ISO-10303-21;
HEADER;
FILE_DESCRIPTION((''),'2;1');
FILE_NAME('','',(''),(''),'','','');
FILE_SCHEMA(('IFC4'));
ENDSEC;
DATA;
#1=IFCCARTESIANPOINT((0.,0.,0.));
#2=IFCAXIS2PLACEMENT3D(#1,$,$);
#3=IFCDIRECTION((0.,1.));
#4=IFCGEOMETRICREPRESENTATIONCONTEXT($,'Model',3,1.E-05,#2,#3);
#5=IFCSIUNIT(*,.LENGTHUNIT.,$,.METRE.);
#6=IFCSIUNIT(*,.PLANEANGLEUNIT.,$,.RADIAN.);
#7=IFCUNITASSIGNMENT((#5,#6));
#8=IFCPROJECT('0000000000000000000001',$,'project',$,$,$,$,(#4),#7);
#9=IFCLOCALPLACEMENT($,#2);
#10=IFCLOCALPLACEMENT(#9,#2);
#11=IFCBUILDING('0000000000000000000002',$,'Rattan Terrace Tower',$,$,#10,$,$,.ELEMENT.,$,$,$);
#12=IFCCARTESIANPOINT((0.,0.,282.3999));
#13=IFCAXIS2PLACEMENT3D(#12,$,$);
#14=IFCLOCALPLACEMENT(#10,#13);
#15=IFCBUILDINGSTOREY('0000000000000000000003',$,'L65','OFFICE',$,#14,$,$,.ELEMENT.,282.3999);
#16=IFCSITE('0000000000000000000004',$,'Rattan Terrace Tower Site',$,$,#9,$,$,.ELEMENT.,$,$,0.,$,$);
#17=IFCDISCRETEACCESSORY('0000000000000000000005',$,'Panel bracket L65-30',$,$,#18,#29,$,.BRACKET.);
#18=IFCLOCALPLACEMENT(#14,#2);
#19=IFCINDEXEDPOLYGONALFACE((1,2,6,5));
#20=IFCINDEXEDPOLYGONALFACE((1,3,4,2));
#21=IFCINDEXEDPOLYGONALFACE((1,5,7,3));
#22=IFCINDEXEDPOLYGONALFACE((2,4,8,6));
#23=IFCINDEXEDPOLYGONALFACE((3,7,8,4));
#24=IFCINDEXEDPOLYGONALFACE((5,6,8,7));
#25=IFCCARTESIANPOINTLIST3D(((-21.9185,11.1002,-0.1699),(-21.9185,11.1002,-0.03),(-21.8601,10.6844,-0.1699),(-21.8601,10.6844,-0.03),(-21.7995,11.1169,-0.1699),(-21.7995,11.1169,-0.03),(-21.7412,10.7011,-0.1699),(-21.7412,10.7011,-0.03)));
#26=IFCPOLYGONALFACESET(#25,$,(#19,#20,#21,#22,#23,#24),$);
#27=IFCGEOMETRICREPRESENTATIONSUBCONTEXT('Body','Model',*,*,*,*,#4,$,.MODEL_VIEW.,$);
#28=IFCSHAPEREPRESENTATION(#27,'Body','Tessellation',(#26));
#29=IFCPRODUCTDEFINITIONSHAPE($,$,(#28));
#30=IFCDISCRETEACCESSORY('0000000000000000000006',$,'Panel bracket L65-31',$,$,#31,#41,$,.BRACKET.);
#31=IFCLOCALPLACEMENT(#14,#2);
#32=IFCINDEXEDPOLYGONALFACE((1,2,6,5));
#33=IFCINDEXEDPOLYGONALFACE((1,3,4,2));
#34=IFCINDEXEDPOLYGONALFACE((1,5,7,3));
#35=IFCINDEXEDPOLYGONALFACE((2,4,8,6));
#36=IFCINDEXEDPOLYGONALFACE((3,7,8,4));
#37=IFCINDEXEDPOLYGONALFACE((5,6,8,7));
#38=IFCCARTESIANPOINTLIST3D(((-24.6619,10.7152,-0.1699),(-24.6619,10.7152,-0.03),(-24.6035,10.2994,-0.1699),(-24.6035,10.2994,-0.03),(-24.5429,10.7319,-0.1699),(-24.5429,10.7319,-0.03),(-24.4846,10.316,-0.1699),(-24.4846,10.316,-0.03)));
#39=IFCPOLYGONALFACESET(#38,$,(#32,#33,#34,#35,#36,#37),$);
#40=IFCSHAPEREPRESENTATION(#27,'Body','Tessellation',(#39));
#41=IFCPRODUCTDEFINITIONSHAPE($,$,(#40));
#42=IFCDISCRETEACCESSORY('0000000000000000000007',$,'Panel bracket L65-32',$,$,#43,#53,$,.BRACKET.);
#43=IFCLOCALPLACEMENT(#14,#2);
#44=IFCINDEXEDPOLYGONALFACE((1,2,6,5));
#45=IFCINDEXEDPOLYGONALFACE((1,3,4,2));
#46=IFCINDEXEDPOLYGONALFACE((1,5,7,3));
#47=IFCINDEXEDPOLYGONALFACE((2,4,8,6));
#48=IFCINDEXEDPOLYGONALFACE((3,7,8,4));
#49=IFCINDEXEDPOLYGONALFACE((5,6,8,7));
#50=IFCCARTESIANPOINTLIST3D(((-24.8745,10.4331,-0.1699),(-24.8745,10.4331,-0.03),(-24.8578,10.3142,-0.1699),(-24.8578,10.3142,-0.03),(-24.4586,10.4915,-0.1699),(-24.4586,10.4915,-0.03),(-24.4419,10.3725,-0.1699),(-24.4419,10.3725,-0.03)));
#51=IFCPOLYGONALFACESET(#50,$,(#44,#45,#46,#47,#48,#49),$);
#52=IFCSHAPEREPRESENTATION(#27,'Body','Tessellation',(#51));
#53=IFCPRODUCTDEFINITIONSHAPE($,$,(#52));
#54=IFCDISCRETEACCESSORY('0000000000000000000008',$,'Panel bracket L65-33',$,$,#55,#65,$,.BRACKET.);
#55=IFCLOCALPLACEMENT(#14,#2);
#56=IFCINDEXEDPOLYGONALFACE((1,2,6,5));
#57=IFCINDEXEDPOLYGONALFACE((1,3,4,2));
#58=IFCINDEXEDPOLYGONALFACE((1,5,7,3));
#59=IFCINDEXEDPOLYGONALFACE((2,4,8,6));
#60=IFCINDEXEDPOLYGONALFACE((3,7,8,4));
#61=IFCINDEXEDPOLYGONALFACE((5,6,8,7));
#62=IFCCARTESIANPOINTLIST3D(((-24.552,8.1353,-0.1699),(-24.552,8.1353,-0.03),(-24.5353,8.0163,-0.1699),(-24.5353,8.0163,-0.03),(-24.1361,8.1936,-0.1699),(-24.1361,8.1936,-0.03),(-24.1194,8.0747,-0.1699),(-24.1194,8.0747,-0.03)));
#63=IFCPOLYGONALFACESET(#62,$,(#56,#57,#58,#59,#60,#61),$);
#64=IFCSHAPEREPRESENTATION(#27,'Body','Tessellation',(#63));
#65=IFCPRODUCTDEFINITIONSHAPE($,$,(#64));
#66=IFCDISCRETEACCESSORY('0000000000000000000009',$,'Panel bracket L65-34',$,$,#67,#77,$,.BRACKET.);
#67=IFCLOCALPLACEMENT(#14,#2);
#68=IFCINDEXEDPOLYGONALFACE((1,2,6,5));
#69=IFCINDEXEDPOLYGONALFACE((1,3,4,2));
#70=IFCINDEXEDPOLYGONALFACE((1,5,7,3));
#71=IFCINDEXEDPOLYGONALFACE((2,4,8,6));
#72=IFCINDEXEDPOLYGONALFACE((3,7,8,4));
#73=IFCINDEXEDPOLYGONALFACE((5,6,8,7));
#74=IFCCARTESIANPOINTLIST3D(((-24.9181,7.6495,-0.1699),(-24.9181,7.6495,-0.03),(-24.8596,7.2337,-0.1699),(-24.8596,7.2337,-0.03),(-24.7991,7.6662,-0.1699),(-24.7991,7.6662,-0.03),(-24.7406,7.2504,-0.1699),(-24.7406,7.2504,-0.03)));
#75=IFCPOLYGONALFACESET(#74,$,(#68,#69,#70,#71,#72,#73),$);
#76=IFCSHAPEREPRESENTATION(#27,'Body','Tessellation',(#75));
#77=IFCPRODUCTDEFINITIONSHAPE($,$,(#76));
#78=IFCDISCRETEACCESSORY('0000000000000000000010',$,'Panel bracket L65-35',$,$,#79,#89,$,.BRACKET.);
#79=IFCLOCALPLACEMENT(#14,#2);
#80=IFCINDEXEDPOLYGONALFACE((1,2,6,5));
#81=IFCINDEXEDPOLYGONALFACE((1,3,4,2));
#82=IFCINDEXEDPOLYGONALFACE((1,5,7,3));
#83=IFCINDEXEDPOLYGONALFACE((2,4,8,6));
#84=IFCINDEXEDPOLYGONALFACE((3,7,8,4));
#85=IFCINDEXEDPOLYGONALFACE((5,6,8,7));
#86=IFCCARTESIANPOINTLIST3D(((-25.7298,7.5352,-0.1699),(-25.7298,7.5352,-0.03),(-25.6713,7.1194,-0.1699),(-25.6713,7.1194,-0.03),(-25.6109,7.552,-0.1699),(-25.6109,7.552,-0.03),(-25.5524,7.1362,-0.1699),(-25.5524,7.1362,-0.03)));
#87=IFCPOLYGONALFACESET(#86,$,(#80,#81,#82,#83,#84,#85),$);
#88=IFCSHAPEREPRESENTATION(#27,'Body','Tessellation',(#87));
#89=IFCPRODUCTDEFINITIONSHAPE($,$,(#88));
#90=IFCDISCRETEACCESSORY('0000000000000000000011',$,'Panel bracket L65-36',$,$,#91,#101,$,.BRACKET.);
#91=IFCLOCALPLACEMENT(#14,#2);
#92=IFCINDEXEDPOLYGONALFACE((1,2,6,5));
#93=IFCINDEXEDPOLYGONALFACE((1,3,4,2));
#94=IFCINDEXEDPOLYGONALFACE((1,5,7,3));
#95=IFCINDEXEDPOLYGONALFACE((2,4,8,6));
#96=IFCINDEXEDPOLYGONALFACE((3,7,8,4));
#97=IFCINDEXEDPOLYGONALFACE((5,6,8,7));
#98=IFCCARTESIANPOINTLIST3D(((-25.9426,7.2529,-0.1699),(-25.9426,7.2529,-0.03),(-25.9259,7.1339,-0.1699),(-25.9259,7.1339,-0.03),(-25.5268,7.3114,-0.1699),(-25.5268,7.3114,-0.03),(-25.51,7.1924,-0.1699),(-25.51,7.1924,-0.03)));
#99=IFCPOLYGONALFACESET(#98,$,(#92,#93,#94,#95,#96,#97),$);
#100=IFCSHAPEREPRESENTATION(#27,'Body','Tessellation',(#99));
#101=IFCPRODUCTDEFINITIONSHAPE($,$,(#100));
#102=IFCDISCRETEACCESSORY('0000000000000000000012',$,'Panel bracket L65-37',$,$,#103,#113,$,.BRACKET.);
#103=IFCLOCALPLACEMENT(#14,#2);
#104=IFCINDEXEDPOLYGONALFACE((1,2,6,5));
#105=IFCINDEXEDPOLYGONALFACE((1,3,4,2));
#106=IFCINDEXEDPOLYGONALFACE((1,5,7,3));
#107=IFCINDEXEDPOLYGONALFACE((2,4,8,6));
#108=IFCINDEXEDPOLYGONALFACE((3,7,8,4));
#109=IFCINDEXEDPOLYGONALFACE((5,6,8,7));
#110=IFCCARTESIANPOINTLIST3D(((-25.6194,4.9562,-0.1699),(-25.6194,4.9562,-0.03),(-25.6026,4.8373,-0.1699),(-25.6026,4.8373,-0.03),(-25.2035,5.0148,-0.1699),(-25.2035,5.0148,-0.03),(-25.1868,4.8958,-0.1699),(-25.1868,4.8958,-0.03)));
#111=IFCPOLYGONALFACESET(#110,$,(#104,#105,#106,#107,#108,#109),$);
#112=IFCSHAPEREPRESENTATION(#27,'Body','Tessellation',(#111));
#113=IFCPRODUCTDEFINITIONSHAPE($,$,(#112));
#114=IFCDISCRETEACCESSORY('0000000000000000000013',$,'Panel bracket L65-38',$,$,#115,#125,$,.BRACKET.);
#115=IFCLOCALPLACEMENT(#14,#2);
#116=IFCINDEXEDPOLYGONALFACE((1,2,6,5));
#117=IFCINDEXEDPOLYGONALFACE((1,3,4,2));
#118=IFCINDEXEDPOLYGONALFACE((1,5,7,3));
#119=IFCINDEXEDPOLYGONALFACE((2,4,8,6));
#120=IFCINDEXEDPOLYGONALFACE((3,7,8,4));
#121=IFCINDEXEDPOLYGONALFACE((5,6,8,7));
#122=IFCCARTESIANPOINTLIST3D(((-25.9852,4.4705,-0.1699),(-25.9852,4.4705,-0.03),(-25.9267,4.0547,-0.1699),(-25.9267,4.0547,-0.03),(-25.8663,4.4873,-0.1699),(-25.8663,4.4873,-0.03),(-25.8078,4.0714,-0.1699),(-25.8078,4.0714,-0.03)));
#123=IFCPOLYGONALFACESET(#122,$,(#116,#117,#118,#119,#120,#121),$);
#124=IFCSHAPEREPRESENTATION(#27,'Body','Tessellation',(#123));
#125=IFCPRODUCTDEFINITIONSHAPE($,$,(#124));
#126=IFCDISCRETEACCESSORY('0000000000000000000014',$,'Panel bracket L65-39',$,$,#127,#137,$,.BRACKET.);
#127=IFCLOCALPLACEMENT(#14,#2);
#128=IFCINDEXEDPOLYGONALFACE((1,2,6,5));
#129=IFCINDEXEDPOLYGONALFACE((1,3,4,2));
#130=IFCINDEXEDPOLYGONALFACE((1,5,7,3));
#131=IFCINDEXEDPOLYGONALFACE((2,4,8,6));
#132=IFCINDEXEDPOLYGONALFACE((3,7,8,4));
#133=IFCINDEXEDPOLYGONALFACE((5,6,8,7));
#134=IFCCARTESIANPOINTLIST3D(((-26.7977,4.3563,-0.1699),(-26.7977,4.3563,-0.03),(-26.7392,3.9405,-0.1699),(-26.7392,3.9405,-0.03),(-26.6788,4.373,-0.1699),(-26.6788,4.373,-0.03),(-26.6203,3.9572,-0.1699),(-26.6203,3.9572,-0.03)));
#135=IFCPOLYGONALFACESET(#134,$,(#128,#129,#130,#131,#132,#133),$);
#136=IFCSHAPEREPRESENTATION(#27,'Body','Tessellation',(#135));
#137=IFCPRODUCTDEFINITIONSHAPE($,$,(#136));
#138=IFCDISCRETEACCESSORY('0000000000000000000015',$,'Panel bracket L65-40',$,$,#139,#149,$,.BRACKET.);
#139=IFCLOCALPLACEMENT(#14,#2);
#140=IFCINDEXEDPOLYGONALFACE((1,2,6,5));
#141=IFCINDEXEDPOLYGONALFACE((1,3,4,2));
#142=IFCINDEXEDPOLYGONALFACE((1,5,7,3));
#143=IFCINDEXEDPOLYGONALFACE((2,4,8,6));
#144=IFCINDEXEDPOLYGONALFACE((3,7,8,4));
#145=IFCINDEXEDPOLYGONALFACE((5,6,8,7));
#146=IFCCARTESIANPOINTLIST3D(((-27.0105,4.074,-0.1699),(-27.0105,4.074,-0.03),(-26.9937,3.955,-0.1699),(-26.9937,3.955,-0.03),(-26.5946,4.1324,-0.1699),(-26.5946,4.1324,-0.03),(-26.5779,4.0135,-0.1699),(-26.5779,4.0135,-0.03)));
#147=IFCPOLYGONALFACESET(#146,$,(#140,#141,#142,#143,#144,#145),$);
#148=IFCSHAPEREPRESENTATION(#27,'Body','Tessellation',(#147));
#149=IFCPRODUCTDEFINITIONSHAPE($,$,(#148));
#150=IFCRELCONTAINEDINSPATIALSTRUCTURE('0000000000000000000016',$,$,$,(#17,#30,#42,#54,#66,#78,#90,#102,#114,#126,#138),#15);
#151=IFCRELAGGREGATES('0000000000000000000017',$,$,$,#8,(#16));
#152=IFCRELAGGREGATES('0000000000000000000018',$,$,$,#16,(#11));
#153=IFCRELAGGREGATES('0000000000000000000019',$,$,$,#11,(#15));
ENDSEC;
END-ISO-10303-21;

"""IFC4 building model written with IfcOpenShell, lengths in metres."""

from ifc_helpers import new_model, si_unit, direction, frame, origin, origin_2d, place, context, subcontext, project, spatial, rectangle, extrude, element, save


model = new_model("IFC4")

# Units and contexts
model_context = context("Model", 3, precision=1e-05, world=origin(), true_north=direction((0.0, 1.0)))
body_context = subcontext(model_context, "Body", "Model", "MODEL_VIEW")
ifc_project = project(units=[si_unit("LENGTHUNIT", "METRE"), si_unit("PLANEANGLEUNIT", "RADIAN")], contexts=[model_context])

# Site, building, storey
site_placement = place(None, origin())
site = spatial("IfcSite", under=ifc_project, at=site_placement, Name="Rattan Terrace Tower Site", CompositionType="ELEMENT", RefElevation=0.0)
building_placement = place(site_placement, origin())
building = spatial("IfcBuilding", under=site, at=building_placement, Name="Rattan Terrace Tower", CompositionType="ELEMENT")
storey_placement = place(building_placement, frame((0.0, 0.0, 282.3999)))
storey = spatial("IfcBuildingStorey", under=building, at=storey_placement, Name="L65", Description="OFFICE", CompositionType="ELEMENT", Elevation=282.3999)

# Discrete accessories
for number, where, z_axis, x_axis, name in (
    (1, (-21.8298, 10.9006, -0.1699), (0.0, 0.0, 1.0), (-0.990293, -0.138994, 0.0), "Panel bracket L65-30"),
    (2, (-24.5732, 10.5156, -0.1699), (0.0, 0.0, 1.0), (-0.990293, -0.138994, 0.0), "Panel bracket L65-31"),
    (3, (-24.6582, 10.4028, -0.1699), (0.0, 0.0, 1.0), (0.138994, -0.990293, 0.0), "Panel bracket L65-32"),
    (4, (-24.3357, 8.105, -0.1699), (0.0, 0.0, 1.0), (0.138994, -0.990293, 0.0), "Panel bracket L65-33"),
    (5, (-24.8293, 7.45, -0.1699), (0.0, 0.0, 1.0), (-0.990241, -0.139367, 0.0), "Panel bracket L65-34"),
    (6, (-25.6411, 7.3357, -0.1699), (0.0, 0.0, 1.0), (-0.990241, -0.139367, 0.0), "Panel bracket L65-35"),
    (7, (-25.7263, 7.2227, -0.1699), (0.0, 0.0, 1.0), (0.139367, -0.990241, 0.0), "Panel bracket L65-36"),
    (8, (-25.4031, 4.926, -0.1699), (0.0, 0.0, 1.0), (0.139367, -0.990241, 0.0), "Panel bracket L65-37"),
    (9, (-25.8965, 4.271, -0.1699), (0.0, 0.0, 1.0), (-0.990254, -0.139275, 0.0), "Panel bracket L65-38"),
    (10, (-26.709, 4.1567, -0.1699), (0.0, 0.0, 1.0), (-0.990254, -0.139275, 0.0), "Panel bracket L65-39"),
    (11, (-26.7942, 4.0437, -0.1699), (0.0, 0.0, 1.0), (0.139192, -0.990265, 0.0), "Panel bracket L65-40"),
):
    element("IfcDiscreteAccessory", number, at=place(storey_placement, frame(where, z_axis=z_axis, x_axis=x_axis)), inside=storey, Name=name, PredefinedType="BRACKET", context=body_context, shape_type="SweptSolid", body=[
        extrude(rectangle(XDim=0.1201, YDim=0.4199, at=origin_2d()), origin(), (0.0, 0.0, 1.0), 0.1399),
    ])

save(model, "model.ifc")
